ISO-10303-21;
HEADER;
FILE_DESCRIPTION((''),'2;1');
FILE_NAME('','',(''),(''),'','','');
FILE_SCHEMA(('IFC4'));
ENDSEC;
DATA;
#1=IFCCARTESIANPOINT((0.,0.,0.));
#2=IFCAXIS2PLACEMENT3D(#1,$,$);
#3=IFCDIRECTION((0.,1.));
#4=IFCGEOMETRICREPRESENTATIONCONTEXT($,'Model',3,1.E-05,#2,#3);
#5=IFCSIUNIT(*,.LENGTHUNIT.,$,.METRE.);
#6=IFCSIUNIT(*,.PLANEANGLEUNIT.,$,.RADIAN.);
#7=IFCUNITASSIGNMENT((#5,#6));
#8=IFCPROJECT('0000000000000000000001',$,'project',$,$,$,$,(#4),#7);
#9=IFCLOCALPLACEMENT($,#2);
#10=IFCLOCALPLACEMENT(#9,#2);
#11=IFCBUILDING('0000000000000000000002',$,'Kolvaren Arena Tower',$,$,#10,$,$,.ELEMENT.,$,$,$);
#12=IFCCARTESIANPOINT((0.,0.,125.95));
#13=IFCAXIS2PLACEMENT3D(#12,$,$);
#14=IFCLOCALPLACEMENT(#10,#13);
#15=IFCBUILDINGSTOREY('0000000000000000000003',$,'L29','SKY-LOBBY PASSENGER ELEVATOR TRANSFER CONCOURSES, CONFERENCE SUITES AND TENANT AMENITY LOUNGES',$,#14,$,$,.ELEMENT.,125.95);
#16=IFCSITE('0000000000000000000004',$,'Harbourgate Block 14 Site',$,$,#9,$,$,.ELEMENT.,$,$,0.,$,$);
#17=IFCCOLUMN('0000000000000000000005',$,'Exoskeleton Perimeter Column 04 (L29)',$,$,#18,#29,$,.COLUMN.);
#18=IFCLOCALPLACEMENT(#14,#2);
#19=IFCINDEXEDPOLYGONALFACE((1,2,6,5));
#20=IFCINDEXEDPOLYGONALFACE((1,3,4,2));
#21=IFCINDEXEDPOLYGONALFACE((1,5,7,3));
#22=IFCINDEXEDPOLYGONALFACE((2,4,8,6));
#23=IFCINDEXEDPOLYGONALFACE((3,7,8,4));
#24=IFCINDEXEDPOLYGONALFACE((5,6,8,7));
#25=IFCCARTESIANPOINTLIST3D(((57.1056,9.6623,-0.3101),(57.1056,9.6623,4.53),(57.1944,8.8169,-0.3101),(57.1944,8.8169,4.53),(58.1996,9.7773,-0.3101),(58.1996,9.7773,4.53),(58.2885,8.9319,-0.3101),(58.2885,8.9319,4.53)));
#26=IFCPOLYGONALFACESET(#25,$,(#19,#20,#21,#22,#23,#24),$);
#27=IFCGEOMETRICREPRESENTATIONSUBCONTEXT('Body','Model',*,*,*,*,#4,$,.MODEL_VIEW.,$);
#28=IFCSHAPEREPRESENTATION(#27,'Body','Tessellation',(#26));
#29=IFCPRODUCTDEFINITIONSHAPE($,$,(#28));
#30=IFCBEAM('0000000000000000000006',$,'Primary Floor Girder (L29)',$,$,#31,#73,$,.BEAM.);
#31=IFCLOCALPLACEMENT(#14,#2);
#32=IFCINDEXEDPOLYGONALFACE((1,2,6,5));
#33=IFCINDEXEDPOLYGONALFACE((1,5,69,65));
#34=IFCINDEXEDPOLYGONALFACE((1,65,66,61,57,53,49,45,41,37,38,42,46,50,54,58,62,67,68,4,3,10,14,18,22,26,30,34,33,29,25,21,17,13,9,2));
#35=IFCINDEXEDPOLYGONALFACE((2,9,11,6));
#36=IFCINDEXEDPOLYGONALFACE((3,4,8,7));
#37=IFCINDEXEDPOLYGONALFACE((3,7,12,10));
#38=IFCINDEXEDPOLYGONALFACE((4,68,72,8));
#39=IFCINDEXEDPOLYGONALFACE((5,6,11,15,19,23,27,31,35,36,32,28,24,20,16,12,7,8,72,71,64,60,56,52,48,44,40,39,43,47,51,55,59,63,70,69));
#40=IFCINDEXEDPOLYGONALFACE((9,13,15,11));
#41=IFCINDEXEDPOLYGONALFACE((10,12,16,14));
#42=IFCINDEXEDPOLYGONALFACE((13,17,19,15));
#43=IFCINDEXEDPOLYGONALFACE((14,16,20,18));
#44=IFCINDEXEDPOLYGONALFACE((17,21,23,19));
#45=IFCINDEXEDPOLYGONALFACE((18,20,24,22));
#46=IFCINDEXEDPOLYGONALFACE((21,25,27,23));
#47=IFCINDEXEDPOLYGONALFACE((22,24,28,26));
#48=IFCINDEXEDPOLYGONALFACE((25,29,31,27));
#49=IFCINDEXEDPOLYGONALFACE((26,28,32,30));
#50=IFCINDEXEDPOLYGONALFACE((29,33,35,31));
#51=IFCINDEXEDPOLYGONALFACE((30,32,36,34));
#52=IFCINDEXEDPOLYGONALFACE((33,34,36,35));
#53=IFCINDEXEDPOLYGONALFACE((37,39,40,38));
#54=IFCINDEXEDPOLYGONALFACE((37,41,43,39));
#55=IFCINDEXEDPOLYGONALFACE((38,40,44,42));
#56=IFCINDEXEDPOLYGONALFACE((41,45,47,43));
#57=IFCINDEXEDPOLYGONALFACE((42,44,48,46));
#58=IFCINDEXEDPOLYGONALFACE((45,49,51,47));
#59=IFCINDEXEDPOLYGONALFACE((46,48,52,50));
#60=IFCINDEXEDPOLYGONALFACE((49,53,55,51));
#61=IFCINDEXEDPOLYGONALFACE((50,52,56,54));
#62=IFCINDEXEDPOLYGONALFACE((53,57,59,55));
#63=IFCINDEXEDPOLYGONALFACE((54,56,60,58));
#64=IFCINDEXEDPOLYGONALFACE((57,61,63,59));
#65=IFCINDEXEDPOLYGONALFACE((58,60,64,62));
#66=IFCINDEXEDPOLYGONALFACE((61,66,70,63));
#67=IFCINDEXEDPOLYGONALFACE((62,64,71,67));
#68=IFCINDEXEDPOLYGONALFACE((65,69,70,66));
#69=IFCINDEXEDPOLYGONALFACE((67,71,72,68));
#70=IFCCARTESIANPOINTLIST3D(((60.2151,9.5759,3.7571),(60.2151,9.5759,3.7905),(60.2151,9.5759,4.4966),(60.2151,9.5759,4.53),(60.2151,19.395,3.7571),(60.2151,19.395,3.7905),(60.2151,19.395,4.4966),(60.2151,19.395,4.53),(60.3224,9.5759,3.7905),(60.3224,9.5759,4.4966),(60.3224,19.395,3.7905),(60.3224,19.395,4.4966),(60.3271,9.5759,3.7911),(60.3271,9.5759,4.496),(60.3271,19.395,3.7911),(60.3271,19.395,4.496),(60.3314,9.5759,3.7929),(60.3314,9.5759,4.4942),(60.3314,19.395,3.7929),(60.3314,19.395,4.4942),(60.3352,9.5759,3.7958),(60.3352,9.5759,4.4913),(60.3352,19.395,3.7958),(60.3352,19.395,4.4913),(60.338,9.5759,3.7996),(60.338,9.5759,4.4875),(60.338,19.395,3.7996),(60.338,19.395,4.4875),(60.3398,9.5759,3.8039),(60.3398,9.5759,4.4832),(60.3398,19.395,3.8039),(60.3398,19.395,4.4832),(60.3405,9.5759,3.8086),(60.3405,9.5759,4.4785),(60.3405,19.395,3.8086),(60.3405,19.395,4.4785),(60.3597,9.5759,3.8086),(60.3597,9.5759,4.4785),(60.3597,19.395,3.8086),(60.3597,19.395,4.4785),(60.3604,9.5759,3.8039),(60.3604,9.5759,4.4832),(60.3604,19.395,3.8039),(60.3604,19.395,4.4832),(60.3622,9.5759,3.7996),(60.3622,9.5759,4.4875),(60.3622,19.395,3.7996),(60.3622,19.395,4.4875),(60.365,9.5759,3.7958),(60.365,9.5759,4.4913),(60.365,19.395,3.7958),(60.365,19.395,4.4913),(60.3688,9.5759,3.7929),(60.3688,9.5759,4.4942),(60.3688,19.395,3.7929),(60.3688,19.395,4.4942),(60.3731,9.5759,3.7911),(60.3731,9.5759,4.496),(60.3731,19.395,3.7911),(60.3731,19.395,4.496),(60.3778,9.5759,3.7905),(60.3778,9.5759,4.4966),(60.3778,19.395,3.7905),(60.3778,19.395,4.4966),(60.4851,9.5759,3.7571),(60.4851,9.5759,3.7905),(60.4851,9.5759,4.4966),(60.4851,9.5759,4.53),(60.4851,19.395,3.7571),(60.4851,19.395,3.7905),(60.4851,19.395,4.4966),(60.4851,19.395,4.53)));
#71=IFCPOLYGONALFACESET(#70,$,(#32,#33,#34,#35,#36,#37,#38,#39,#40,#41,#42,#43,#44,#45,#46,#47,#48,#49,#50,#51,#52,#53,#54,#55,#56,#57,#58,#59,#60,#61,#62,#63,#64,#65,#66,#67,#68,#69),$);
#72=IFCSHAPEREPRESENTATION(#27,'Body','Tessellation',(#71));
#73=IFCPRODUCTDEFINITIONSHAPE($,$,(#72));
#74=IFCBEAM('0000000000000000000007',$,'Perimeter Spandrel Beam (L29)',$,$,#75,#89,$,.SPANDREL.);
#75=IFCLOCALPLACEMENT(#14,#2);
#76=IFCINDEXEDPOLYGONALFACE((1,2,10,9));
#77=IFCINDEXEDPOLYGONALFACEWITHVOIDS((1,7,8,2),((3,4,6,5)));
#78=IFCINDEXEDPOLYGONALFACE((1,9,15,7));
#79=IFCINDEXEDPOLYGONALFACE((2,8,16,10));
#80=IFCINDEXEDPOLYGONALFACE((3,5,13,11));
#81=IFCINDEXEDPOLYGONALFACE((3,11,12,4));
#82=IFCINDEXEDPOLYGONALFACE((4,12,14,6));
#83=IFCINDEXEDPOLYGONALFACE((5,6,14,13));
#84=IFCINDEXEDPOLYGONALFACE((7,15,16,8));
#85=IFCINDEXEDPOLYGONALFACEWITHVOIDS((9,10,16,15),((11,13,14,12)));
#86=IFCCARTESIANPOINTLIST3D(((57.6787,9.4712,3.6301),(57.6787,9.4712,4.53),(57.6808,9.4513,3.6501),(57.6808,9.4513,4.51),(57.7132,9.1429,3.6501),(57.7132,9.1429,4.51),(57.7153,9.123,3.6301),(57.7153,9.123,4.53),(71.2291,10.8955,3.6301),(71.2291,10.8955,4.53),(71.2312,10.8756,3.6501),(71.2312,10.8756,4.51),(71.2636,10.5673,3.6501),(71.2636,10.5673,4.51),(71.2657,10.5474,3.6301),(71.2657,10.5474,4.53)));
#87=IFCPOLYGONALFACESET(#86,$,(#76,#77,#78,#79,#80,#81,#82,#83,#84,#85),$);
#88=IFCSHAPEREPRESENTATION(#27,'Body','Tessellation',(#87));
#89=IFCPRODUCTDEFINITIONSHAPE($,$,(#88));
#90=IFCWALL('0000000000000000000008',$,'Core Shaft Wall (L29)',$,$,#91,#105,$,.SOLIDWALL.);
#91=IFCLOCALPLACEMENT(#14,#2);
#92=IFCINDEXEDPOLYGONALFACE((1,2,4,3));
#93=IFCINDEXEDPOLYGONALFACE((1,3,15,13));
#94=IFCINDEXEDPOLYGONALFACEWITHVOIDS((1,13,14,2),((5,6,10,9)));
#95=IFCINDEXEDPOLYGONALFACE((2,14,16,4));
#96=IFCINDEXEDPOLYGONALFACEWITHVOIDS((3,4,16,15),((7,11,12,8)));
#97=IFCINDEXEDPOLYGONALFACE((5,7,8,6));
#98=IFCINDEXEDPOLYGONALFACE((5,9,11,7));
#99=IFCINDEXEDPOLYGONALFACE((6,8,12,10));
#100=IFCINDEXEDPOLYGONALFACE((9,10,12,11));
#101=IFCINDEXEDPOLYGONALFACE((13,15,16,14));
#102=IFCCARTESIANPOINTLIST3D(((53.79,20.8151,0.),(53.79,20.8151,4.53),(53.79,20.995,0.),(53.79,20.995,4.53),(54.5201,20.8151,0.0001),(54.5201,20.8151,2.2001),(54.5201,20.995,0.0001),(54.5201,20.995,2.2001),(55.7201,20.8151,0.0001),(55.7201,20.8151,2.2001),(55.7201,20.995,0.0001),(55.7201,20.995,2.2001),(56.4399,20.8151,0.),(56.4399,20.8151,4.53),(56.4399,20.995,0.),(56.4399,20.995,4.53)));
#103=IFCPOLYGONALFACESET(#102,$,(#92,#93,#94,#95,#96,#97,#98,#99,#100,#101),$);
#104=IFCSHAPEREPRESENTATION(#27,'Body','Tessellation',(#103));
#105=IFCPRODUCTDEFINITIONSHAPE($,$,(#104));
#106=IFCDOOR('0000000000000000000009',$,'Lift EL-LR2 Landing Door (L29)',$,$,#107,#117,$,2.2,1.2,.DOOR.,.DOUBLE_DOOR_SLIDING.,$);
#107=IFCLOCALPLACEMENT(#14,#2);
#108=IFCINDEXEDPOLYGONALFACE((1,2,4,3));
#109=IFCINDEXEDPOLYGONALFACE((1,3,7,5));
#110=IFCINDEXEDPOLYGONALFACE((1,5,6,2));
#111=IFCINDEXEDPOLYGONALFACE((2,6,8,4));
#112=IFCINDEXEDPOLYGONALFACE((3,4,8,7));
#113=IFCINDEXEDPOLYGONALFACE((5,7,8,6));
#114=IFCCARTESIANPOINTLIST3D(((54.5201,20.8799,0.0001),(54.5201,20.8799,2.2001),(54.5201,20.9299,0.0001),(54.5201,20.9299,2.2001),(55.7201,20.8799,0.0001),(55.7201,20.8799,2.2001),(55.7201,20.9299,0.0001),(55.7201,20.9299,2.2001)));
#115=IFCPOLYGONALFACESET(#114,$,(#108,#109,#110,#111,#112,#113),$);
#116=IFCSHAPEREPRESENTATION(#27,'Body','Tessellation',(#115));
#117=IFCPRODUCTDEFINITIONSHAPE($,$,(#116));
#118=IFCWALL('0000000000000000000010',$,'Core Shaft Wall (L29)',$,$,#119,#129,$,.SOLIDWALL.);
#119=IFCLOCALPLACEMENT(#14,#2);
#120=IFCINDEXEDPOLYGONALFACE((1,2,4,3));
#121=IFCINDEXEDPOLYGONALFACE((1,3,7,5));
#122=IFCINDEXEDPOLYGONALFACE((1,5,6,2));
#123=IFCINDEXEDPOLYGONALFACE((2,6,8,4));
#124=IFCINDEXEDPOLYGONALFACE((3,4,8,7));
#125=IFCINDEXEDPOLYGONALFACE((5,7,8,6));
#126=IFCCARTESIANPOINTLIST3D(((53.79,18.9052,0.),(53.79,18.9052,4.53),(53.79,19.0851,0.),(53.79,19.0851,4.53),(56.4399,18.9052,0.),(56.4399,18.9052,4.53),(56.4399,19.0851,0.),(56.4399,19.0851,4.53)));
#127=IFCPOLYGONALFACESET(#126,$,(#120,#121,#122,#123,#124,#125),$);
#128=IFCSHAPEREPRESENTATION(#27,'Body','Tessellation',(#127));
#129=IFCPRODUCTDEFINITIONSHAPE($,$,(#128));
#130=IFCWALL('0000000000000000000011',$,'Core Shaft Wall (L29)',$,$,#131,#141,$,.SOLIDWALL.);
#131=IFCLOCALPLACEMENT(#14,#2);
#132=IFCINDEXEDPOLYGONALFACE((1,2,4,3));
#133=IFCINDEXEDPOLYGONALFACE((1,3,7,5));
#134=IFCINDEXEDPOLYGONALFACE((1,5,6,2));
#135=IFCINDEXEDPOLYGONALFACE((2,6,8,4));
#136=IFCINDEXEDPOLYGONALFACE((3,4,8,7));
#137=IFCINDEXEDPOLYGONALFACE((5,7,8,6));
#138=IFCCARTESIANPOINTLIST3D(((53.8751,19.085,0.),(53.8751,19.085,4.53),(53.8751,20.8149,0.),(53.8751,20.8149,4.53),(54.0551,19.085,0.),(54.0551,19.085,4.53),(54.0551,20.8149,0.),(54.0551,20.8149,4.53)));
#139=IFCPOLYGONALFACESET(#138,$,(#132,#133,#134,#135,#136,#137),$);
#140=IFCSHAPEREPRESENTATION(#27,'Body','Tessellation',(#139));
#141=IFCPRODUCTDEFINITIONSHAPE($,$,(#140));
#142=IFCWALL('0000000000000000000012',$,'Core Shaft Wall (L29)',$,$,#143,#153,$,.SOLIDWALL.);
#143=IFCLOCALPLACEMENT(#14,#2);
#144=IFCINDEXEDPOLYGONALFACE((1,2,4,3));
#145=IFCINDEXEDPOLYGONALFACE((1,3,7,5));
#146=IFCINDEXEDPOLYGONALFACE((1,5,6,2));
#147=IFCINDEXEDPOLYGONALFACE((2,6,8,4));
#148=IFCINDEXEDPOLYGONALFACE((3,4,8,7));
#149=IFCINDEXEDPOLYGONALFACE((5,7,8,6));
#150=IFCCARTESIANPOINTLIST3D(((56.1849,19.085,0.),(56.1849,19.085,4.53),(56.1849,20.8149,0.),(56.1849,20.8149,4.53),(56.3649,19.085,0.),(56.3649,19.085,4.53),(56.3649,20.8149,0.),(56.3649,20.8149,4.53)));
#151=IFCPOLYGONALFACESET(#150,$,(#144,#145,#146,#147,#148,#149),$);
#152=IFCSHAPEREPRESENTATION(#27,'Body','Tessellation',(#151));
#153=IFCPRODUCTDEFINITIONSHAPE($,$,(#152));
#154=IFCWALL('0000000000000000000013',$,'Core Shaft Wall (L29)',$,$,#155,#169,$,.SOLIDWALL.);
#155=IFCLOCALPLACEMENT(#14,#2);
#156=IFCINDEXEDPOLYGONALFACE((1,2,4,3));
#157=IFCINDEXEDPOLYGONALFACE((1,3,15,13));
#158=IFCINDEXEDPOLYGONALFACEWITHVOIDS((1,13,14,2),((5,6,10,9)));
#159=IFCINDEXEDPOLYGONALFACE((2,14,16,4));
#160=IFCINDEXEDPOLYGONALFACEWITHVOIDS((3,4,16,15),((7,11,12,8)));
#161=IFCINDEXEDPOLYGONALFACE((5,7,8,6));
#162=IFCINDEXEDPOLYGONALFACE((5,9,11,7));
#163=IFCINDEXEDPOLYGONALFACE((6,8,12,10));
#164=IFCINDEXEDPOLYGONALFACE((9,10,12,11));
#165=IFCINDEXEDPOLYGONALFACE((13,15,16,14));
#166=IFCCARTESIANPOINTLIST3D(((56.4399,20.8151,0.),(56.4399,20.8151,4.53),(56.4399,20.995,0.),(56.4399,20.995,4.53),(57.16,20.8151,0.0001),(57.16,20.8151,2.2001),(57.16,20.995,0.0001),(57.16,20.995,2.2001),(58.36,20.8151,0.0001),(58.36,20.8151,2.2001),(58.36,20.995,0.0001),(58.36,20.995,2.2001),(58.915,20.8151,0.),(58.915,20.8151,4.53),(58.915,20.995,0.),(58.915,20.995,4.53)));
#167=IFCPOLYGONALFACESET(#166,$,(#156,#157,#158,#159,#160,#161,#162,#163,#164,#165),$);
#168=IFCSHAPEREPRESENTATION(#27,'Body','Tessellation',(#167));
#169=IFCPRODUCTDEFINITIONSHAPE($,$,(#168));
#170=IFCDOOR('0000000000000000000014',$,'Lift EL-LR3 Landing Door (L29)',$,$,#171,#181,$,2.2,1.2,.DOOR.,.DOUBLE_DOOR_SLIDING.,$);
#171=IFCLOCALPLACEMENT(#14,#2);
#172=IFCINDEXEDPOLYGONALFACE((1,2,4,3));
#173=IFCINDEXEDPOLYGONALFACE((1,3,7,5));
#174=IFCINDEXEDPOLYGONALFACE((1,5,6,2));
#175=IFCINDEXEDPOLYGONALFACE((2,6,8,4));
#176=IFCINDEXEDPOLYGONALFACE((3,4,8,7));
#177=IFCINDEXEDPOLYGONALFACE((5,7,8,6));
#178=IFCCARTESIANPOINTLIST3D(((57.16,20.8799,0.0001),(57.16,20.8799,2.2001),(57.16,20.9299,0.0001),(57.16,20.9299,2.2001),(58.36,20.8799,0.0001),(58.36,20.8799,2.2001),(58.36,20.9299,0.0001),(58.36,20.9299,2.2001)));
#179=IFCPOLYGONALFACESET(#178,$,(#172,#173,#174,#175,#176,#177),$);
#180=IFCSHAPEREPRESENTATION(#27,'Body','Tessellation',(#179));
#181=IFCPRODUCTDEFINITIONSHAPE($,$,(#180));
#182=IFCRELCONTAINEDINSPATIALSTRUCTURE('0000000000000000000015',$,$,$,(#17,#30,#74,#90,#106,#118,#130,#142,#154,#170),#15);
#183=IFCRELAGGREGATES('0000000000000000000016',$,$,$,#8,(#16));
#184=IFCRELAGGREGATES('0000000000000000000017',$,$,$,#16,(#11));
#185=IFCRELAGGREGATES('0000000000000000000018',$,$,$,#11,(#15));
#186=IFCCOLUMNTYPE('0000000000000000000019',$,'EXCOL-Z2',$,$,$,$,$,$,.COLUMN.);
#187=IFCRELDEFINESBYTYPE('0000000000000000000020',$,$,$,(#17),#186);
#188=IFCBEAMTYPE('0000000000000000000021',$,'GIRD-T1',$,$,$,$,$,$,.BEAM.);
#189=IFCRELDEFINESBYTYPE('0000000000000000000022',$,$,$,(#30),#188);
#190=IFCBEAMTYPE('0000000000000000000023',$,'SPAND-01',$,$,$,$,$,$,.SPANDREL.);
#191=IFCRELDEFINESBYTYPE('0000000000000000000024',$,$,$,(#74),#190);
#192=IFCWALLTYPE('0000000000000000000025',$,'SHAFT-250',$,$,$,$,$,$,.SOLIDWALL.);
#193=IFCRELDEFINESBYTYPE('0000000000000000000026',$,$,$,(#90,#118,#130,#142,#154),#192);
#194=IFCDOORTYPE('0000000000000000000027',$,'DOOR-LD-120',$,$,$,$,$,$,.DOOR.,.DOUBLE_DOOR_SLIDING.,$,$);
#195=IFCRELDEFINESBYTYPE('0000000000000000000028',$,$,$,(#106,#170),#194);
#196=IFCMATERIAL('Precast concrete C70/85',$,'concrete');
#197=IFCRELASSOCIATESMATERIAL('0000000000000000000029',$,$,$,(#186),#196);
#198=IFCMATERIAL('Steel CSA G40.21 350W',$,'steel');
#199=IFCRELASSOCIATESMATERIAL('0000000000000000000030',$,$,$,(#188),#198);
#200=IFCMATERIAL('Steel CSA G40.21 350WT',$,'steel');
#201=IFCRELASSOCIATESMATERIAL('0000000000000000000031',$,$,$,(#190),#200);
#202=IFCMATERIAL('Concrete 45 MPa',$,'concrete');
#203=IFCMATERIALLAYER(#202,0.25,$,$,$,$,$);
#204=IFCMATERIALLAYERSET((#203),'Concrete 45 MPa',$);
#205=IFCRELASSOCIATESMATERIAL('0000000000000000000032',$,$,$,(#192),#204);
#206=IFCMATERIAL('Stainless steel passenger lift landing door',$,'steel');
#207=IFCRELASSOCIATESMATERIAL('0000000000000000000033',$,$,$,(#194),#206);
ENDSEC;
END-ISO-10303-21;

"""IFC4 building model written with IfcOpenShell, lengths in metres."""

from ifc_helpers import new_model, si_unit, direction, frame, frame_2d, origin, origin_2d, place, context, subcontext, project, spatial, rectangle, hollow_rectangle, i_section, extrude, material, layer, layer_set, material_profile, profile_set, type_object, element, fill, save


model = new_model("IFC4")

# Units and contexts
model_context = context("Model", 3, precision=1e-05, world=origin(), true_north=direction((0.0, 1.0)))
body_context = subcontext(model_context, "Body", "Model", "MODEL_VIEW")
ifc_project = project(units=[si_unit("LENGTHUNIT", "METRE"), si_unit("PLANEANGLEUNIT", "RADIAN")], contexts=[model_context])

# Site, building, storey
site_placement = place(None, origin())
site = spatial("IfcSite", under=ifc_project, at=site_placement, Name="Harbourgate Block 14 Site", CompositionType="ELEMENT", RefElevation=0.0)
building_placement = place(site_placement, origin())
building = spatial("IfcBuilding", under=site, at=building_placement, Name="Kolvaren Arena Tower", CompositionType="ELEMENT")
storey_placement = place(building_placement, frame((0.0, 0.0, 125.95)))
storey = spatial("IfcBuildingStorey", under=building, at=storey_placement, Name="L29", Description="SKY-LOBBY PASSENGER ELEVATOR TRANSFER CONCOURSES, CONFERENCE SUITES AND TENANT AMENITY LOUNGES", CompositionType="ELEMENT", Elevation=125.95)

# Column
ifc_material_1 = material(Name="Precast concrete C70/85", Category="concrete")
ifc_material_profile_1 = material_profile(ifc_material_1, rectangle(XDim=1.1001, YDim=0.8501, at=origin_2d()), Name="RC-1100x850")
ifc_profile_set_1 = profile_set([ifc_material_profile_1], Name="Precast concrete C70/85")
column_type = type_object("IfcColumnType", Name="EXCOL-Z2", PredefinedType="COLUMN", material=ifc_profile_set_1)
column_placement = place(storey_placement, frame((57.697, 9.2971, -0.3101), z_axis=(0.0, 0.0, 1.0), x_axis=(0.994522, 0.104528, 0.0)))
element("IfcColumn", 1, at=column_placement, inside=storey, type_object=column_type, Name="Exoskeleton Perimeter Column 04 (L29)", PredefinedType="COLUMN", context=body_context, shape_type="SweptSolid", body=[
    extrude(rectangle(XDim=1.1001, YDim=0.8501, at=origin_2d()), origin(), (0.0, 0.0, 1.0), 4.8401),
])

# Beams
ifc_material_2 = material(Name="Steel CSA G40.21 350W", Category="steel")
ifc_material_profile_2 = material_profile(ifc_material_2, i_section(OverallWidth=0.27, OverallDepth=0.7729, WebThickness=0.0193, FlangeThickness=0.0334, FilletRadius=0.0181, at=origin_2d()), Name="W760x257")
ifc_profile_set_2 = profile_set([ifc_material_profile_2], Name="Steel CSA G40.21 350W")
beam_type_1 = type_object("IfcBeamType", Name="GIRD-T1", PredefinedType="BEAM", material=ifc_profile_set_2)
beam_1_placement = place(storey_placement, frame((60.3501, 9.5759, 4.1436), z_axis=(0.0, 1.0, 0.0), x_axis=(-1.0, 0.0, 0.0)))
element("IfcBeam", 2, at=beam_1_placement, inside=storey, type_object=beam_type_1, Name="Primary Floor Girder (L29)", PredefinedType="BEAM", context=body_context, shape_type="SweptSolid", body=[
    extrude(i_section(OverallWidth=0.27, OverallDepth=0.7729, WebThickness=0.0193, FlangeThickness=0.0334, FilletRadius=0.0181, at=origin_2d()), origin(), (0.0, 0.0, 1.0), 9.8191),
])
ifc_material_3 = material(Name="Steel CSA G40.21 350WT", Category="steel")
ifc_material_profile_3 = material_profile(ifc_material_3, hollow_rectangle(XDim=0.3501, YDim=0.8999, WallThickness=0.02, at=origin_2d()), Name="HSS 900x350x20")
ifc_profile_set_3 = profile_set([ifc_material_profile_3], Name="Steel CSA G40.21 350WT")
beam_type_2 = type_object("IfcBeamType", Name="SPAND-01", PredefinedType="SPANDREL", material=ifc_profile_set_3)
beam_2_placement = place(storey_placement, frame((57.697, 9.2971, 4.0801), z_axis=(0.994521, 0.104537, 0.0), x_axis=(-0.104537, 0.994521, 0.0)))
element("IfcBeam", 3, at=beam_2_placement, inside=storey, type_object=beam_type_2, Name="Perimeter Spandrel Beam (L29)", PredefinedType="SPANDREL", context=body_context, shape_type="SweptSolid", body=[
    extrude(hollow_rectangle(XDim=0.3501, YDim=0.8999, WallThickness=0.02, at=origin_2d()), origin(), (0.0, 0.0, 1.0), 13.625),
])

# Wall, opening, door
ifc_material_4 = material(Name="Concrete 45 MPa", Category="concrete")
ifc_layer_1 = layer(ifc_material_4, 0.25)
ifc_layer_set_1 = layer_set([ifc_layer_1], Name="Concrete 45 MPa")
wall_type_1 = type_object("IfcWallType", Name="SHAFT-250", PredefinedType="SOLIDWALL", material=ifc_layer_set_1)
wall_1_placement = place(storey_placement, frame((53.79, 20.905, 0.0), z_axis=(0.0, 0.0, 1.0), x_axis=(1.0, 0.0, 0.0)))
wall_1 = element("IfcWall", 4, at=wall_1_placement, inside=storey, type_object=wall_type_1, Name="Core Shaft Wall (L29)", PredefinedType="SOLIDWALL", context=body_context, shape_type="SweptSolid", body=[
    extrude(rectangle(XDim=2.6499, YDim=0.1799, at=frame_2d((1.325, 0.0))), origin(), (0.0, 0.0, 1.0), 4.53),
])
opening_1_placement = place(wall_1_placement, frame((0.73, 0.0, 0.0)))
opening_1 = element("IfcOpeningElement", 5, at=opening_1_placement, cuts=wall_1, PredefinedType="OPENING", context=body_context, shape_type="SweptSolid", body=[
    extrude(rectangle(XDim=1.2, YDim=2.2, at=frame_2d((0.6001, 1.1001))), frame((0.0, 0.0999, 0.0), z_axis=(0.0, -1.0, 0.0), x_axis=(1.0, 0.0, 0.0)), (0.0, 0.0, 1.0), 0.2),
])
ifc_material_5 = material(Name="Stainless steel passenger lift landing door", Category="steel")
door_type = type_object("IfcDoorType", Name="DOOR-LD-120", OperationType="DOUBLE_DOOR_SLIDING", PredefinedType="DOOR", material=ifc_material_5)
door_1_placement = place(opening_1_placement, origin())
door_1 = element("IfcDoor", 6, at=door_1_placement, inside=storey, type_object=door_type, Name="Lift EL-LR2 Landing Door (L29)", OperationType="DOUBLE_DOOR_SLIDING", OverallHeight=2.2, OverallWidth=1.2, PredefinedType="DOOR", context=body_context, shape_type="SweptSolid", body=[
    extrude(rectangle(XDim=1.2, YDim=2.2, at=frame_2d((0.6001, 1.1001))), frame((0.0, 0.0249, 0.0), z_axis=(0.0, -1.0, 0.0), x_axis=(1.0, 0.0, 0.0)), (0.0, 0.0, 1.0), 0.05),
])
fill(opening_1, door_1)

# Walls
wall_2_placement = place(storey_placement, frame((53.79, 18.9951, 0.0), z_axis=(0.0, 0.0, 1.0), x_axis=(1.0, 0.0, 0.0)))
element("IfcWall", 7, at=wall_2_placement, inside=storey, type_object=wall_type_1, Name="Core Shaft Wall (L29)", PredefinedType="SOLIDWALL", context=body_context, shape_type="SweptSolid", body=[
    extrude(rectangle(XDim=2.6499, YDim=0.1799, at=frame_2d((1.325, 0.0))), origin(), (0.0, 0.0, 1.0), 4.53),
])
for number, where, z_axis, x_axis, name in (
    (8, (53.9651, 19.085, 0.0), (0.0, 0.0, 1.0), (0.0, 1.0, 0.0), "Core Shaft Wall (L29)"),
    (9, (56.2749, 19.085, 0.0), (0.0, 0.0, 1.0), (0.0, 1.0, 0.0), "Core Shaft Wall (L29)"),
):
    element("IfcWall", number, at=place(storey_placement, frame(where, z_axis=z_axis, x_axis=x_axis)), inside=storey, type_object=wall_type_1, Name=name, PredefinedType="SOLIDWALL", context=body_context, shape_type="SweptSolid", body=[
        extrude(rectangle(XDim=1.73, YDim=0.1799, at=frame_2d((0.865, 0.0))), origin(), (0.0, 0.0, 1.0), 4.53),
    ])

# Wall, opening, door
wall_3_placement = place(storey_placement, frame((56.4399, 20.905, 0.0), z_axis=(0.0, 0.0, 1.0), x_axis=(1.0, 0.0, 0.0)))
wall_3 = element("IfcWall", 10, at=wall_3_placement, inside=storey, type_object=wall_type_1, Name="Core Shaft Wall (L29)", PredefinedType="SOLIDWALL", context=body_context, shape_type="SweptSolid", body=[
    extrude(rectangle(XDim=2.4751, YDim=0.1799, at=frame_2d((1.2375, 0.0))), origin(), (0.0, 0.0, 1.0), 4.53),
])
opening_2_placement = place(wall_3_placement, frame((0.72, 0.0, 0.0)))
opening_2 = element("IfcOpeningElement", 11, at=opening_2_placement, cuts=wall_3, PredefinedType="OPENING", context=body_context, shape_type="SweptSolid", body=[
    extrude(rectangle(XDim=1.2, YDim=2.2, at=frame_2d((0.6001, 1.1001))), frame((0.0, 0.0999, 0.0), z_axis=(0.0, -1.0, 0.0), x_axis=(1.0, 0.0, 0.0)), (0.0, 0.0, 1.0), 0.2),
])
door_2_placement = place(opening_2_placement, origin())
door_2 = element("IfcDoor", 12, at=door_2_placement, inside=storey, type_object=door_type, Name="Lift EL-LR3 Landing Door (L29)", OperationType="DOUBLE_DOOR_SLIDING", OverallHeight=2.2, OverallWidth=1.2, PredefinedType="DOOR", context=body_context, shape_type="SweptSolid", body=[
    extrude(rectangle(XDim=1.2, YDim=2.2, at=frame_2d((0.6001, 1.1001))), frame((0.0, 0.0249, 0.0), z_axis=(0.0, -1.0, 0.0), x_axis=(1.0, 0.0, 0.0)), (0.0, 0.0, 1.0), 0.05),
])
fill(opening_2, door_2)

save(model, "model.ifc")
